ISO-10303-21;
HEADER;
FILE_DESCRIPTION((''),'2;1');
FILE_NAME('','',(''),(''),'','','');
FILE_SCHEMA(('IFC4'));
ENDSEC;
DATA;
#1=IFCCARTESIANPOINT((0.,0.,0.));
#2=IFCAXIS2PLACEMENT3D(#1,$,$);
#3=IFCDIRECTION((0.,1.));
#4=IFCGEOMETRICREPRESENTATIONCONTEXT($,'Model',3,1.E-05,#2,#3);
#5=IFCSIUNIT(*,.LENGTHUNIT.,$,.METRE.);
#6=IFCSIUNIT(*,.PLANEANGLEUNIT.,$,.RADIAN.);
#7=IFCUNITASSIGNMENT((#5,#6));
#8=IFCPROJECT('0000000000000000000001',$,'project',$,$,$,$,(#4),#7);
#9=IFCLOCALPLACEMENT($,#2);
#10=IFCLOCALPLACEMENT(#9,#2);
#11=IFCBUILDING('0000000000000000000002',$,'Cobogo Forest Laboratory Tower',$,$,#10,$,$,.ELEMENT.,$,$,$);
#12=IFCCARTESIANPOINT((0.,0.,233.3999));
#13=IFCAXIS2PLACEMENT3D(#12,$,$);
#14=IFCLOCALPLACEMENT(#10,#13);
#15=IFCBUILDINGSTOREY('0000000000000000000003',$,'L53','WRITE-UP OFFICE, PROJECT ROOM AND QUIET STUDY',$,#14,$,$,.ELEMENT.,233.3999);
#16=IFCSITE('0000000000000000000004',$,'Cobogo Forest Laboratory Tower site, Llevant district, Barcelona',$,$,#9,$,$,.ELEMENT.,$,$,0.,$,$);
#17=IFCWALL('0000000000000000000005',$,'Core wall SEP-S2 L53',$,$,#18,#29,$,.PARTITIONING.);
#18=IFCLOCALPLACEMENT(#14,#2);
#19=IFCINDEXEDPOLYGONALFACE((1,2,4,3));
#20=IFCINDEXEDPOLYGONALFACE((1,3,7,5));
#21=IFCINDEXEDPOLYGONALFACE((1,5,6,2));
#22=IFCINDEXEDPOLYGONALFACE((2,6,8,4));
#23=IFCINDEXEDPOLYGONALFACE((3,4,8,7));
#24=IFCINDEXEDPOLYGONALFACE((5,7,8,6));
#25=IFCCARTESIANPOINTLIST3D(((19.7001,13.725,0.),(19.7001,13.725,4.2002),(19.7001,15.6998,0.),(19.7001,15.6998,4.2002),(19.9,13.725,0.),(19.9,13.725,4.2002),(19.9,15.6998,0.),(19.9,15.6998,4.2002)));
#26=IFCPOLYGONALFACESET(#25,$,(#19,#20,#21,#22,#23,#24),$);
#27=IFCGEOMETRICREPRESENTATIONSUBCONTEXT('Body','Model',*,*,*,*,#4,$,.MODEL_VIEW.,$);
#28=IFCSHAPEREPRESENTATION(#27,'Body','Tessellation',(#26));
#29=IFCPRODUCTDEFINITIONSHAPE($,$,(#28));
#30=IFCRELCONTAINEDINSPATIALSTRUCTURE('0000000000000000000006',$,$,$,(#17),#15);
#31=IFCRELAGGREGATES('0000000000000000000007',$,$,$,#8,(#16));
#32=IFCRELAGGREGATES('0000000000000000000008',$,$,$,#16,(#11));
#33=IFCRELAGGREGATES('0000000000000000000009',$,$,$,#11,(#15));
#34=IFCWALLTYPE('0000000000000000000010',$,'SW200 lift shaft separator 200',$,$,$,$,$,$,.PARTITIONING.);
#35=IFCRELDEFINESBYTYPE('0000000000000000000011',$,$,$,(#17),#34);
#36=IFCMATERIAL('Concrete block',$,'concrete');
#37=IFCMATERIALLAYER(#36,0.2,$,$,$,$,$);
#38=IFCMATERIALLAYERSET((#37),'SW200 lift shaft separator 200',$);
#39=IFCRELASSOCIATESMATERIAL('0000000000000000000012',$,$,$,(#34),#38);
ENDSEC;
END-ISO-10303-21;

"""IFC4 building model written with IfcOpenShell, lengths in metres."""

from ifc_helpers import new_model, si_unit, direction, frame, frame_2d, origin, place, context, subcontext, project, spatial, rectangle, extrude, material, layer, layer_set, type_object, element, save


model = new_model("IFC4")

# Units and contexts
model_context = context("Model", 3, precision=1e-05, world=origin(), true_north=direction((0.0, 1.0)))
body_context = subcontext(model_context, "Body", "Model", "MODEL_VIEW")
ifc_project = project(units=[si_unit("LENGTHUNIT", "METRE"), si_unit("PLANEANGLEUNIT", "RADIAN")], contexts=[model_context])

# Site, building, storey
site_placement = place(None, origin())
site = spatial("IfcSite", under=ifc_project, at=site_placement, Name="Cobogo Forest Laboratory Tower site, Llevant district, Barcelona", CompositionType="ELEMENT", RefElevation=0.0)
building_placement = place(site_placement, origin())
building = spatial("IfcBuilding", under=site, at=building_placement, Name="Cobogo Forest Laboratory Tower", CompositionType="ELEMENT")
storey_placement = place(building_placement, frame((0.0, 0.0, 233.3999)))
storey = spatial("IfcBuildingStorey", under=building, at=storey_placement, Name="L53", Description="WRITE-UP OFFICE, PROJECT ROOM AND QUIET STUDY", CompositionType="ELEMENT", Elevation=233.3999)

# Wall
ifc_material_1 = material(Name="Concrete block", Category="concrete")
ifc_layer_1 = layer(ifc_material_1, 0.2)
ifc_layer_set_1 = layer_set([ifc_layer_1], Name="SW200 lift shaft separator 200")
wall_type_1 = type_object("IfcWallType", Name="SW200 lift shaft separator 200", PredefinedType="PARTITIONING", material=ifc_layer_set_1)
wall_1_placement = place(storey_placement, frame((19.8, 13.7251, 0.0), z_axis=(0.0, 0.0, 1.0), x_axis=(0.0, 1.0, 0.0)))
element("IfcWall", 1, at=wall_1_placement, inside=storey, type_object=wall_type_1, Name="Core wall SEP-S2 L53", PredefinedType="PARTITIONING", context=body_context, shape_type="SweptSolid", body=[
    extrude(rectangle(XDim=1.9749, YDim=0.2, at=frame_2d((0.9873, 0.0))), origin(), (0.0, 0.0, 1.0), 4.2002),
])

save(model, "model.ifc")
